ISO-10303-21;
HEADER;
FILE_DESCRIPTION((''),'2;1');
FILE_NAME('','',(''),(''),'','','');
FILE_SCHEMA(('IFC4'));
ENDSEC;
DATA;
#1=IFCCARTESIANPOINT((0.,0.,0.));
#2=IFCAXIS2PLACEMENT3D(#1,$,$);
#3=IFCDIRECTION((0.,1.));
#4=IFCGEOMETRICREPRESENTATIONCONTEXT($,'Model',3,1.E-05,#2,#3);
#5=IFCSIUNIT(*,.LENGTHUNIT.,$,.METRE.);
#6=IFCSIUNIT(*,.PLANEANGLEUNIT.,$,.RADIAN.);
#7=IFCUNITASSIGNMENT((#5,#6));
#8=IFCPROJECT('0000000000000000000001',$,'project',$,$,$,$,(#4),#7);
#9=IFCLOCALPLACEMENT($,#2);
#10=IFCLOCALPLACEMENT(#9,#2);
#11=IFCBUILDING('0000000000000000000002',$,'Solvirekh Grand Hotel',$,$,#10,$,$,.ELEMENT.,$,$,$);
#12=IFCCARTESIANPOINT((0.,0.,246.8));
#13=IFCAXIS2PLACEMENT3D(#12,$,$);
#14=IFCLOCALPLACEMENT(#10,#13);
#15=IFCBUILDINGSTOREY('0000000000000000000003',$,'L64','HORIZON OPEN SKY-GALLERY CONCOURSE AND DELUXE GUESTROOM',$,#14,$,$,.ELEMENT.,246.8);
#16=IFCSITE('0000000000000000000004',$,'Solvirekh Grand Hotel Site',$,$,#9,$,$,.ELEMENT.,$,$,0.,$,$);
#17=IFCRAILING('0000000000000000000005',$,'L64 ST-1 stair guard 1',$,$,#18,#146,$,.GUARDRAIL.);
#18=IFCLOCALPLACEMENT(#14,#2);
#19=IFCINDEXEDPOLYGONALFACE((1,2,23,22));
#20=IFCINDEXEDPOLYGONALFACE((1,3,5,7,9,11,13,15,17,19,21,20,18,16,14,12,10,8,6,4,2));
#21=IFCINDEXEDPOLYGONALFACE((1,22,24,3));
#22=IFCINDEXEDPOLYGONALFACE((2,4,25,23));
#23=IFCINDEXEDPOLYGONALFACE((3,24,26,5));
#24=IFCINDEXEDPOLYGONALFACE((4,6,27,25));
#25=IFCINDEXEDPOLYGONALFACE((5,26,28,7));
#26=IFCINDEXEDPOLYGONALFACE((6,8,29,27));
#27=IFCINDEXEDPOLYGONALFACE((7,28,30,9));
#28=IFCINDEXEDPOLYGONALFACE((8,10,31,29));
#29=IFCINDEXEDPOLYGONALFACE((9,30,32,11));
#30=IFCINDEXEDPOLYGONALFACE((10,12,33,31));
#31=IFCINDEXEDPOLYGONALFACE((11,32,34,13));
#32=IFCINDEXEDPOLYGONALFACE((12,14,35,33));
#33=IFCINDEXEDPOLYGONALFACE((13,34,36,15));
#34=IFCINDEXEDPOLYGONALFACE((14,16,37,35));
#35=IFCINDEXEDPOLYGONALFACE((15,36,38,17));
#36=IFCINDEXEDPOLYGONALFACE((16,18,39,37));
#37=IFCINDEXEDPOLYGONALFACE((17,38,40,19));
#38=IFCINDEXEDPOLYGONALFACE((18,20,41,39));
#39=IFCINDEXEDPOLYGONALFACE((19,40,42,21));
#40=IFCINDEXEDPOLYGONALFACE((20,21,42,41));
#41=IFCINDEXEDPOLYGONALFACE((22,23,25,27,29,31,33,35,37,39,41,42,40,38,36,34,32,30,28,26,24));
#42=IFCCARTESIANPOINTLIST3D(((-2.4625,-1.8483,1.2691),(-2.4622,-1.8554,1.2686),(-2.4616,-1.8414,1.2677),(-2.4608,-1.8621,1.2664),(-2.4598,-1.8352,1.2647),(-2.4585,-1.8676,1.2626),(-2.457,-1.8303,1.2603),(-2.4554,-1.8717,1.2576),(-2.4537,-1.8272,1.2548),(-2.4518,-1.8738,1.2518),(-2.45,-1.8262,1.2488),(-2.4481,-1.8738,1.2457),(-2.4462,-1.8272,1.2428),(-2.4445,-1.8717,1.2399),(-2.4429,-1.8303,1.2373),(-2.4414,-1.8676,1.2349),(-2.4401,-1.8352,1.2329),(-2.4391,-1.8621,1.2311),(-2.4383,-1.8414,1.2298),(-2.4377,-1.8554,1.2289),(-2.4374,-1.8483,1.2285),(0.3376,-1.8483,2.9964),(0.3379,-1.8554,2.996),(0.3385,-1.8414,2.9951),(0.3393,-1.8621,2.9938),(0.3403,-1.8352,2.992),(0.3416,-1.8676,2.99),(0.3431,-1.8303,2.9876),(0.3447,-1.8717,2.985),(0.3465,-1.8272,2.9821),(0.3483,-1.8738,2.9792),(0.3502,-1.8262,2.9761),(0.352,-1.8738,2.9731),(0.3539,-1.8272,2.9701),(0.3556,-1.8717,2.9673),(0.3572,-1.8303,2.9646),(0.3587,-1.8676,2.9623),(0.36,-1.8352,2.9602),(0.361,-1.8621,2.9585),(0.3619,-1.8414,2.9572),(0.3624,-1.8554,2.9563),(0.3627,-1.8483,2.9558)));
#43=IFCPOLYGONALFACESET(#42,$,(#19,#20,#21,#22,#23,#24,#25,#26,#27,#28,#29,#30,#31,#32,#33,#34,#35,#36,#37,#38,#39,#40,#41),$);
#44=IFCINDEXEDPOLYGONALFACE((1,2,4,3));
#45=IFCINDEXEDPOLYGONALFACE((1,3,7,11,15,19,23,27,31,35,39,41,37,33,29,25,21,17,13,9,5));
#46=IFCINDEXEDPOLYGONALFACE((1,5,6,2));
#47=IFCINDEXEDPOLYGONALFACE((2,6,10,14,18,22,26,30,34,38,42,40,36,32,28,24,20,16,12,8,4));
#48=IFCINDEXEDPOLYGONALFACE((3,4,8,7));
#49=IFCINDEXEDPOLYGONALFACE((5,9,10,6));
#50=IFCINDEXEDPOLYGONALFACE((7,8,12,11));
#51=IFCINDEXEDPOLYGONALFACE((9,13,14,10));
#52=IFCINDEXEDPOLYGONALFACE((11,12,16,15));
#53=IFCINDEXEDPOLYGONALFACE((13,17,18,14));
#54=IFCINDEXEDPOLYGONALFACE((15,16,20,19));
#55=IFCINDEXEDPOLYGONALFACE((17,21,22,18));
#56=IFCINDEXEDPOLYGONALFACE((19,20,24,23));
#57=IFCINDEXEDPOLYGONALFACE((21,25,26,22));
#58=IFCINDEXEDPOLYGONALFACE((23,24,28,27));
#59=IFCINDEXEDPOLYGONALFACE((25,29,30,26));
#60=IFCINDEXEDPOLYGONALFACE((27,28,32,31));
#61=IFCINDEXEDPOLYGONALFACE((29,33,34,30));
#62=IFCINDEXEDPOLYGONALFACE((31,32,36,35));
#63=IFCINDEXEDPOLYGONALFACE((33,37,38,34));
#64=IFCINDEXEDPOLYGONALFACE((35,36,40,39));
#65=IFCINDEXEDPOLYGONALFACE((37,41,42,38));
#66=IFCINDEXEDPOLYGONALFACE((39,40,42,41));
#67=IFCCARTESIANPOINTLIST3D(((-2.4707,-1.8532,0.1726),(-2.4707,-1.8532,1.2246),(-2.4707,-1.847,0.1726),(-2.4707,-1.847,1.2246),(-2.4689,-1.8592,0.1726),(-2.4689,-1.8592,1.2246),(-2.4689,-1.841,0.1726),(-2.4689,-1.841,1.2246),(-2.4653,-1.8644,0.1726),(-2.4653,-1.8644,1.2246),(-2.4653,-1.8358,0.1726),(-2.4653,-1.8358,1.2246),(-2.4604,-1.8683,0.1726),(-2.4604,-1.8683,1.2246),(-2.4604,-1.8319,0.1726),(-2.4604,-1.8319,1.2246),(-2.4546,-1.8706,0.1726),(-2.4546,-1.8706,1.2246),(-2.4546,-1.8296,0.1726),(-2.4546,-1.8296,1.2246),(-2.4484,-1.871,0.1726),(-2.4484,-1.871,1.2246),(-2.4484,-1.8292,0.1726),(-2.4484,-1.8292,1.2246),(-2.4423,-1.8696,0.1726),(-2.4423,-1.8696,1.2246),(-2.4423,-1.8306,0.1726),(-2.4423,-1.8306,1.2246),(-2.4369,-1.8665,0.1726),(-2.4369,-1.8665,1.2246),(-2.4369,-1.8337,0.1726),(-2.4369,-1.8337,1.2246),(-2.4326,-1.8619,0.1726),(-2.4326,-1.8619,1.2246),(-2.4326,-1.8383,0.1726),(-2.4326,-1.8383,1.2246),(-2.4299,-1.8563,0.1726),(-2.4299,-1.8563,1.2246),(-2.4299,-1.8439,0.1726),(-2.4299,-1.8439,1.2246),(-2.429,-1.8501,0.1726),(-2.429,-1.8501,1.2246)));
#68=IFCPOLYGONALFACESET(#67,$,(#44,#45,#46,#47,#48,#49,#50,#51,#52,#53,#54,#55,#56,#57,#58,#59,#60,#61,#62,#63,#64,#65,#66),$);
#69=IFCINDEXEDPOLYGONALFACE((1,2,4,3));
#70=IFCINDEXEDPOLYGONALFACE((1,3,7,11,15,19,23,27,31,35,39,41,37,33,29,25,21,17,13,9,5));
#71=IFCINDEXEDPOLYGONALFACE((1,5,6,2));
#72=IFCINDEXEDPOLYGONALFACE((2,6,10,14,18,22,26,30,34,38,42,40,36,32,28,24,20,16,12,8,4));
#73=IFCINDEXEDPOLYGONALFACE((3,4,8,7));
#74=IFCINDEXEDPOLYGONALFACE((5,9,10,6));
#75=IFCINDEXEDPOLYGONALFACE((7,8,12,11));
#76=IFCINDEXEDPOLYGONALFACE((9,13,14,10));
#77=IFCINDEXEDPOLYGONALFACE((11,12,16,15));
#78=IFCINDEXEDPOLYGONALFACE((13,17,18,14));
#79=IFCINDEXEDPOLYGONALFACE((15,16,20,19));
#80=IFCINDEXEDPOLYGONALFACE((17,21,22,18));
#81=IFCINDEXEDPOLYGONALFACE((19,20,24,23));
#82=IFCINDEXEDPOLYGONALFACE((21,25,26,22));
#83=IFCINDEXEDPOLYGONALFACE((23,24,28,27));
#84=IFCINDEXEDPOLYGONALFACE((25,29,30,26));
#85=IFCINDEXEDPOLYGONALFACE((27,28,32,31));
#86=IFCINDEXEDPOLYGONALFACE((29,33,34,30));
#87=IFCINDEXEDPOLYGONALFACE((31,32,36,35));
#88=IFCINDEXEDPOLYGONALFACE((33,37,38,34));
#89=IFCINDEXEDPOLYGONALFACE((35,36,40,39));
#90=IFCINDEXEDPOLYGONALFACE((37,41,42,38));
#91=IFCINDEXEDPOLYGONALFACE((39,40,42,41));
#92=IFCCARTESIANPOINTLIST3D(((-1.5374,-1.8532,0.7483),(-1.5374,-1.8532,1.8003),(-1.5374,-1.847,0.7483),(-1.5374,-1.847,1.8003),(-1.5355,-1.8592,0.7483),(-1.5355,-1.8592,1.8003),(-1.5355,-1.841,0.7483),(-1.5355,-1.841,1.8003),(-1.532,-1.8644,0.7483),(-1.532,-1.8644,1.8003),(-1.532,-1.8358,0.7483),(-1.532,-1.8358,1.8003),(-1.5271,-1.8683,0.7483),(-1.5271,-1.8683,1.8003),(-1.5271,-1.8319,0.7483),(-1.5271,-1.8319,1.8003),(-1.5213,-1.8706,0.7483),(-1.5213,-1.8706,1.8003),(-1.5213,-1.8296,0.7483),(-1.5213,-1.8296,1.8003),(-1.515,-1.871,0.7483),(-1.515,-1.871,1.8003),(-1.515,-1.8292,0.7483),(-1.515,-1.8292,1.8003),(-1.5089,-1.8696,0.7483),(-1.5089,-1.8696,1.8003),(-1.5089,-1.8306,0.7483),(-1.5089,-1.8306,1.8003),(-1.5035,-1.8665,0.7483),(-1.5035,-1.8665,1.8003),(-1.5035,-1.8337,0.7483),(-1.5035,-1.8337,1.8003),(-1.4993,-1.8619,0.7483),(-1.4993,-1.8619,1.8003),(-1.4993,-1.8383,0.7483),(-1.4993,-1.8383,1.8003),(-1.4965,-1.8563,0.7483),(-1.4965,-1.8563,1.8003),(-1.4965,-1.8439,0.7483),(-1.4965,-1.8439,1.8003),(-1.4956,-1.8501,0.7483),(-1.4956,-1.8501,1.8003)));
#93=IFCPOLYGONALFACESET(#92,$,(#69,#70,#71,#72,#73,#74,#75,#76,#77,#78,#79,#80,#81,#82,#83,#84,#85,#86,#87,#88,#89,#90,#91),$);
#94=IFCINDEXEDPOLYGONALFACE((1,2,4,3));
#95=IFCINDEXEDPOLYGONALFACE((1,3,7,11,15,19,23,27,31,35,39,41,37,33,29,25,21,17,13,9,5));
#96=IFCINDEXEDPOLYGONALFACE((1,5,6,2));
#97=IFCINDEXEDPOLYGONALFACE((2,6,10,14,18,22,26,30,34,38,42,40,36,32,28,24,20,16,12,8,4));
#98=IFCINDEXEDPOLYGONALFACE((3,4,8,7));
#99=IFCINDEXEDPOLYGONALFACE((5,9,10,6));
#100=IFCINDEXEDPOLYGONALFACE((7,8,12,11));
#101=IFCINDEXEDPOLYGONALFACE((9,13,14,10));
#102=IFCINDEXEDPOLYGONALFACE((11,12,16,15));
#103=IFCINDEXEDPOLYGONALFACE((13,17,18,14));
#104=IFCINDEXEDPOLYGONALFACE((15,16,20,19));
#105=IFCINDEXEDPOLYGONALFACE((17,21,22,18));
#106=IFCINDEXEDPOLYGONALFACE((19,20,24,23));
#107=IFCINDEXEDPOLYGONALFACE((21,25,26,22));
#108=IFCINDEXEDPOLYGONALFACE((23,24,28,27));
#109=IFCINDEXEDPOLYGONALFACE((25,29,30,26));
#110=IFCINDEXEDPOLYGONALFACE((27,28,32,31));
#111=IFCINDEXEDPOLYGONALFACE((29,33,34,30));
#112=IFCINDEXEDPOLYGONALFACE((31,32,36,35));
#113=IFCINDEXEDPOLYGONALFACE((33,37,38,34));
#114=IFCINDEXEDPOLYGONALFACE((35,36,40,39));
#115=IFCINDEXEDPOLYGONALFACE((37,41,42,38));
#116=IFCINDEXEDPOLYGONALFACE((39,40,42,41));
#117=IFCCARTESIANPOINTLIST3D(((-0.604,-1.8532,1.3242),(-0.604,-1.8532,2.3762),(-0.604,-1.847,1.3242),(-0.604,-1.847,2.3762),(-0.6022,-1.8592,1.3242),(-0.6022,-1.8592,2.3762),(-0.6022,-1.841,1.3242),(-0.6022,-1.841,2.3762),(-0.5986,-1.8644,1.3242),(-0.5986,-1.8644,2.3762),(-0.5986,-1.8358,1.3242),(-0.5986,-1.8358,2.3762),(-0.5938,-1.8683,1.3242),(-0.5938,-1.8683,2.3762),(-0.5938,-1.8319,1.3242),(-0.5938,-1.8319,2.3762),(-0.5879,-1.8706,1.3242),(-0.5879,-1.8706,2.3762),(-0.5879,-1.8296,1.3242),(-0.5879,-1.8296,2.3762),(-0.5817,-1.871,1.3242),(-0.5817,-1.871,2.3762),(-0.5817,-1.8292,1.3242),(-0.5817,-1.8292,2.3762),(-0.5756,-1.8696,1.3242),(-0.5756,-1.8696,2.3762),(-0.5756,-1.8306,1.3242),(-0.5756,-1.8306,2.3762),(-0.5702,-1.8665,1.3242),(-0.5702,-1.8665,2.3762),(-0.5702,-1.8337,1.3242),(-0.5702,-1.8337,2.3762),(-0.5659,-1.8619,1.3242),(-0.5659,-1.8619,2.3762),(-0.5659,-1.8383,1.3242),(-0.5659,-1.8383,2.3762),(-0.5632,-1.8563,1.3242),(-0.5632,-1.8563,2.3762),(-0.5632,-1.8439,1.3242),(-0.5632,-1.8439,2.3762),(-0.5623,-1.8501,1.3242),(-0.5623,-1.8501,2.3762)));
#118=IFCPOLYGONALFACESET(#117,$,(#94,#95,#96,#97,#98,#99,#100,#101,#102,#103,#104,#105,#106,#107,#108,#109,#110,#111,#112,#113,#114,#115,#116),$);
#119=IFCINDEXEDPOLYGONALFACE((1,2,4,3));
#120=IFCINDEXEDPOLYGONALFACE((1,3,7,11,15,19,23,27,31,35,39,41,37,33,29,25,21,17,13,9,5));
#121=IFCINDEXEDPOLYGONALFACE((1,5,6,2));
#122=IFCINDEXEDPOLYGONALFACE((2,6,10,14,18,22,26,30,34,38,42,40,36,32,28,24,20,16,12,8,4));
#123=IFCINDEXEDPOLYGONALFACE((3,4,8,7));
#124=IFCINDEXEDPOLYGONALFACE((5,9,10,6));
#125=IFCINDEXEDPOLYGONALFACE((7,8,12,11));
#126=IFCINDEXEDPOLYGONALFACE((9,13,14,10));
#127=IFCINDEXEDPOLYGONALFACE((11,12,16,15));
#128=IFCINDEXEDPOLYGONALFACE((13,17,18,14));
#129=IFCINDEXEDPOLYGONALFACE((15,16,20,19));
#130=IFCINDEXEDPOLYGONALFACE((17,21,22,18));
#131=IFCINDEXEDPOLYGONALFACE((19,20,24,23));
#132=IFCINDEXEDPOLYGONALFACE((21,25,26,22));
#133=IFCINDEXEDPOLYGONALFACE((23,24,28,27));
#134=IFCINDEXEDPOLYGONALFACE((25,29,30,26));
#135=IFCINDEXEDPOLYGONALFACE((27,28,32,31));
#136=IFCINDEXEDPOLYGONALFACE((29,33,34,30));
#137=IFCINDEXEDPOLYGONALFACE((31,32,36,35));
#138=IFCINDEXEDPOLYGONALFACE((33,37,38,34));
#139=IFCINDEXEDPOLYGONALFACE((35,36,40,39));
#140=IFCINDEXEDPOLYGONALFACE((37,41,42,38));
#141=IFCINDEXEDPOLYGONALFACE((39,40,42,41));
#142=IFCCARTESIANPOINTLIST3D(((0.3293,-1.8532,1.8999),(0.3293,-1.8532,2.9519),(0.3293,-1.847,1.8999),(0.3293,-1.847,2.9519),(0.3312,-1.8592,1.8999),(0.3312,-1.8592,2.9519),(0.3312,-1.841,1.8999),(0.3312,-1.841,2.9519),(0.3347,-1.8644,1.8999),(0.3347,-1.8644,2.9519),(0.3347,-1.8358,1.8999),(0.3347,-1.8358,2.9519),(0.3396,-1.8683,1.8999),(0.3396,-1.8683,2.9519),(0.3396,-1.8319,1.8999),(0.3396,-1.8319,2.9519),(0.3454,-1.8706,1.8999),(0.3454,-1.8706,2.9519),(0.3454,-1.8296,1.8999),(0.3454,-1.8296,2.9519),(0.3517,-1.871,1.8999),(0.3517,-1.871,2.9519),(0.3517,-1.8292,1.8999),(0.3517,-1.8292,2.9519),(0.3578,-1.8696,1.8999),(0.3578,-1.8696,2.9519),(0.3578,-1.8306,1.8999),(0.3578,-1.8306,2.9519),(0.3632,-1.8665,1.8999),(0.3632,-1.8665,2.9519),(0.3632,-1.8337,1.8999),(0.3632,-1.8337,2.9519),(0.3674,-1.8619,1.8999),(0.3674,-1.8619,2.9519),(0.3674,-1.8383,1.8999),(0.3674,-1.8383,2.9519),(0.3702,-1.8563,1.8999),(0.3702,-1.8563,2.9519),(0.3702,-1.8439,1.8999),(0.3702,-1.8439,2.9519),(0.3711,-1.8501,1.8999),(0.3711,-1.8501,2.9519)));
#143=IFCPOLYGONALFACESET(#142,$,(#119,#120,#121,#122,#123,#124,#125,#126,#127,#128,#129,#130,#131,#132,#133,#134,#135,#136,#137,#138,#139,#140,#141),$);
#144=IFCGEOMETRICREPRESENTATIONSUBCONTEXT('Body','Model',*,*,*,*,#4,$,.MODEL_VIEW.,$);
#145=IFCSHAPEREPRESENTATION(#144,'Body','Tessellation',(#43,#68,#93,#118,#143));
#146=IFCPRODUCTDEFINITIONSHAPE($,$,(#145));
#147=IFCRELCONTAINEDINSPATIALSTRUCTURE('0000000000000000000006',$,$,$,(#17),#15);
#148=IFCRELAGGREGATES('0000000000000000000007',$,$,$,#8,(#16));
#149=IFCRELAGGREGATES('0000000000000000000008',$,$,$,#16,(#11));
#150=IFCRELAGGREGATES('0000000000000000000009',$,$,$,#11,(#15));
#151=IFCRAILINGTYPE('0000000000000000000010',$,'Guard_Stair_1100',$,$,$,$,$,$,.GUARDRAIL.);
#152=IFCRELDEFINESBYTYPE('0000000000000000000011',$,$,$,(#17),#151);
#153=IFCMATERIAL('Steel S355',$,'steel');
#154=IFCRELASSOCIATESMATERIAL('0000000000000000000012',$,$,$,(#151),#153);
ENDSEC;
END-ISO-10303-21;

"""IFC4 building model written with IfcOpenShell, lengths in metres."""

from ifc_helpers import new_model, si_unit, direction, frame, origin, origin_2d, place, context, subcontext, project, spatial, circle, extrude, material, type_object, element, save


model = new_model("IFC4")

# Units and contexts
model_context = context("Model", 3, precision=1e-05, world=origin(), true_north=direction((0.0, 1.0)))
body_context = subcontext(model_context, "Body", "Model", "MODEL_VIEW")
ifc_project = project(units=[si_unit("LENGTHUNIT", "METRE"), si_unit("PLANEANGLEUNIT", "RADIAN")], contexts=[model_context])

# Site, building, storey
site_placement = place(None, origin())
site = spatial("IfcSite", under=ifc_project, at=site_placement, Name="Solvirekh Grand Hotel Site", CompositionType="ELEMENT", RefElevation=0.0)
building_placement = place(site_placement, origin())
building = spatial("IfcBuilding", under=site, at=building_placement, Name="Solvirekh Grand Hotel", CompositionType="ELEMENT")
storey_placement = place(building_placement, frame((0.0, 0.0, 246.8)))
storey = spatial("IfcBuildingStorey", under=building, at=storey_placement, Name="L64", Description="HORIZON OPEN SKY-GALLERY CONCOURSE AND DELUXE GUESTROOM", CompositionType="ELEMENT", Elevation=246.8)

# Shared definitions
ifc_material_1 = material(Name="Steel S355", Category="steel")

# Railing
railing_type_1 = type_object("IfcRailingType", Name="Guard_Stair_1100", PredefinedType="GUARDRAIL", material=ifc_material_1)
railing_1_placement = place(storey_placement, frame((-2.45, -1.8501, 0.1726)))
element("IfcRailing", 1, at=railing_1_placement, inside=storey, type_object=railing_type_1, Name="L64 ST-1 stair guard 1", PredefinedType="GUARDRAIL", context=body_context, shape_type="SweptSolid", body=[
    extrude(circle(Radius=0.0239, at=origin_2d()), frame((0.0, 0.0, 1.0762), z_axis=(0.85109, 0.0, 0.52502), x_axis=(0.0, 1.0, 0.0)), (0.0, 0.0, 1.0), 3.29),
    extrude(circle(Radius=0.021, at=origin_2d()), origin(), (0.0, 0.0, 1.0), 1.052),
    extrude(circle(Radius=0.021, at=origin_2d()), frame((0.9333, 0.0, 0.5757)), (0.0, 0.0, 1.0), 1.052),
    extrude(circle(Radius=0.021, at=origin_2d()), frame((1.8667, 0.0, 1.1516)), (0.0, 0.0, 1.0), 1.052),
    extrude(circle(Radius=0.021, at=origin_2d()), frame((2.8, 0.0, 1.7273)), (0.0, 0.0, 1.0), 1.052),
])

save(model, "model.ifc")
